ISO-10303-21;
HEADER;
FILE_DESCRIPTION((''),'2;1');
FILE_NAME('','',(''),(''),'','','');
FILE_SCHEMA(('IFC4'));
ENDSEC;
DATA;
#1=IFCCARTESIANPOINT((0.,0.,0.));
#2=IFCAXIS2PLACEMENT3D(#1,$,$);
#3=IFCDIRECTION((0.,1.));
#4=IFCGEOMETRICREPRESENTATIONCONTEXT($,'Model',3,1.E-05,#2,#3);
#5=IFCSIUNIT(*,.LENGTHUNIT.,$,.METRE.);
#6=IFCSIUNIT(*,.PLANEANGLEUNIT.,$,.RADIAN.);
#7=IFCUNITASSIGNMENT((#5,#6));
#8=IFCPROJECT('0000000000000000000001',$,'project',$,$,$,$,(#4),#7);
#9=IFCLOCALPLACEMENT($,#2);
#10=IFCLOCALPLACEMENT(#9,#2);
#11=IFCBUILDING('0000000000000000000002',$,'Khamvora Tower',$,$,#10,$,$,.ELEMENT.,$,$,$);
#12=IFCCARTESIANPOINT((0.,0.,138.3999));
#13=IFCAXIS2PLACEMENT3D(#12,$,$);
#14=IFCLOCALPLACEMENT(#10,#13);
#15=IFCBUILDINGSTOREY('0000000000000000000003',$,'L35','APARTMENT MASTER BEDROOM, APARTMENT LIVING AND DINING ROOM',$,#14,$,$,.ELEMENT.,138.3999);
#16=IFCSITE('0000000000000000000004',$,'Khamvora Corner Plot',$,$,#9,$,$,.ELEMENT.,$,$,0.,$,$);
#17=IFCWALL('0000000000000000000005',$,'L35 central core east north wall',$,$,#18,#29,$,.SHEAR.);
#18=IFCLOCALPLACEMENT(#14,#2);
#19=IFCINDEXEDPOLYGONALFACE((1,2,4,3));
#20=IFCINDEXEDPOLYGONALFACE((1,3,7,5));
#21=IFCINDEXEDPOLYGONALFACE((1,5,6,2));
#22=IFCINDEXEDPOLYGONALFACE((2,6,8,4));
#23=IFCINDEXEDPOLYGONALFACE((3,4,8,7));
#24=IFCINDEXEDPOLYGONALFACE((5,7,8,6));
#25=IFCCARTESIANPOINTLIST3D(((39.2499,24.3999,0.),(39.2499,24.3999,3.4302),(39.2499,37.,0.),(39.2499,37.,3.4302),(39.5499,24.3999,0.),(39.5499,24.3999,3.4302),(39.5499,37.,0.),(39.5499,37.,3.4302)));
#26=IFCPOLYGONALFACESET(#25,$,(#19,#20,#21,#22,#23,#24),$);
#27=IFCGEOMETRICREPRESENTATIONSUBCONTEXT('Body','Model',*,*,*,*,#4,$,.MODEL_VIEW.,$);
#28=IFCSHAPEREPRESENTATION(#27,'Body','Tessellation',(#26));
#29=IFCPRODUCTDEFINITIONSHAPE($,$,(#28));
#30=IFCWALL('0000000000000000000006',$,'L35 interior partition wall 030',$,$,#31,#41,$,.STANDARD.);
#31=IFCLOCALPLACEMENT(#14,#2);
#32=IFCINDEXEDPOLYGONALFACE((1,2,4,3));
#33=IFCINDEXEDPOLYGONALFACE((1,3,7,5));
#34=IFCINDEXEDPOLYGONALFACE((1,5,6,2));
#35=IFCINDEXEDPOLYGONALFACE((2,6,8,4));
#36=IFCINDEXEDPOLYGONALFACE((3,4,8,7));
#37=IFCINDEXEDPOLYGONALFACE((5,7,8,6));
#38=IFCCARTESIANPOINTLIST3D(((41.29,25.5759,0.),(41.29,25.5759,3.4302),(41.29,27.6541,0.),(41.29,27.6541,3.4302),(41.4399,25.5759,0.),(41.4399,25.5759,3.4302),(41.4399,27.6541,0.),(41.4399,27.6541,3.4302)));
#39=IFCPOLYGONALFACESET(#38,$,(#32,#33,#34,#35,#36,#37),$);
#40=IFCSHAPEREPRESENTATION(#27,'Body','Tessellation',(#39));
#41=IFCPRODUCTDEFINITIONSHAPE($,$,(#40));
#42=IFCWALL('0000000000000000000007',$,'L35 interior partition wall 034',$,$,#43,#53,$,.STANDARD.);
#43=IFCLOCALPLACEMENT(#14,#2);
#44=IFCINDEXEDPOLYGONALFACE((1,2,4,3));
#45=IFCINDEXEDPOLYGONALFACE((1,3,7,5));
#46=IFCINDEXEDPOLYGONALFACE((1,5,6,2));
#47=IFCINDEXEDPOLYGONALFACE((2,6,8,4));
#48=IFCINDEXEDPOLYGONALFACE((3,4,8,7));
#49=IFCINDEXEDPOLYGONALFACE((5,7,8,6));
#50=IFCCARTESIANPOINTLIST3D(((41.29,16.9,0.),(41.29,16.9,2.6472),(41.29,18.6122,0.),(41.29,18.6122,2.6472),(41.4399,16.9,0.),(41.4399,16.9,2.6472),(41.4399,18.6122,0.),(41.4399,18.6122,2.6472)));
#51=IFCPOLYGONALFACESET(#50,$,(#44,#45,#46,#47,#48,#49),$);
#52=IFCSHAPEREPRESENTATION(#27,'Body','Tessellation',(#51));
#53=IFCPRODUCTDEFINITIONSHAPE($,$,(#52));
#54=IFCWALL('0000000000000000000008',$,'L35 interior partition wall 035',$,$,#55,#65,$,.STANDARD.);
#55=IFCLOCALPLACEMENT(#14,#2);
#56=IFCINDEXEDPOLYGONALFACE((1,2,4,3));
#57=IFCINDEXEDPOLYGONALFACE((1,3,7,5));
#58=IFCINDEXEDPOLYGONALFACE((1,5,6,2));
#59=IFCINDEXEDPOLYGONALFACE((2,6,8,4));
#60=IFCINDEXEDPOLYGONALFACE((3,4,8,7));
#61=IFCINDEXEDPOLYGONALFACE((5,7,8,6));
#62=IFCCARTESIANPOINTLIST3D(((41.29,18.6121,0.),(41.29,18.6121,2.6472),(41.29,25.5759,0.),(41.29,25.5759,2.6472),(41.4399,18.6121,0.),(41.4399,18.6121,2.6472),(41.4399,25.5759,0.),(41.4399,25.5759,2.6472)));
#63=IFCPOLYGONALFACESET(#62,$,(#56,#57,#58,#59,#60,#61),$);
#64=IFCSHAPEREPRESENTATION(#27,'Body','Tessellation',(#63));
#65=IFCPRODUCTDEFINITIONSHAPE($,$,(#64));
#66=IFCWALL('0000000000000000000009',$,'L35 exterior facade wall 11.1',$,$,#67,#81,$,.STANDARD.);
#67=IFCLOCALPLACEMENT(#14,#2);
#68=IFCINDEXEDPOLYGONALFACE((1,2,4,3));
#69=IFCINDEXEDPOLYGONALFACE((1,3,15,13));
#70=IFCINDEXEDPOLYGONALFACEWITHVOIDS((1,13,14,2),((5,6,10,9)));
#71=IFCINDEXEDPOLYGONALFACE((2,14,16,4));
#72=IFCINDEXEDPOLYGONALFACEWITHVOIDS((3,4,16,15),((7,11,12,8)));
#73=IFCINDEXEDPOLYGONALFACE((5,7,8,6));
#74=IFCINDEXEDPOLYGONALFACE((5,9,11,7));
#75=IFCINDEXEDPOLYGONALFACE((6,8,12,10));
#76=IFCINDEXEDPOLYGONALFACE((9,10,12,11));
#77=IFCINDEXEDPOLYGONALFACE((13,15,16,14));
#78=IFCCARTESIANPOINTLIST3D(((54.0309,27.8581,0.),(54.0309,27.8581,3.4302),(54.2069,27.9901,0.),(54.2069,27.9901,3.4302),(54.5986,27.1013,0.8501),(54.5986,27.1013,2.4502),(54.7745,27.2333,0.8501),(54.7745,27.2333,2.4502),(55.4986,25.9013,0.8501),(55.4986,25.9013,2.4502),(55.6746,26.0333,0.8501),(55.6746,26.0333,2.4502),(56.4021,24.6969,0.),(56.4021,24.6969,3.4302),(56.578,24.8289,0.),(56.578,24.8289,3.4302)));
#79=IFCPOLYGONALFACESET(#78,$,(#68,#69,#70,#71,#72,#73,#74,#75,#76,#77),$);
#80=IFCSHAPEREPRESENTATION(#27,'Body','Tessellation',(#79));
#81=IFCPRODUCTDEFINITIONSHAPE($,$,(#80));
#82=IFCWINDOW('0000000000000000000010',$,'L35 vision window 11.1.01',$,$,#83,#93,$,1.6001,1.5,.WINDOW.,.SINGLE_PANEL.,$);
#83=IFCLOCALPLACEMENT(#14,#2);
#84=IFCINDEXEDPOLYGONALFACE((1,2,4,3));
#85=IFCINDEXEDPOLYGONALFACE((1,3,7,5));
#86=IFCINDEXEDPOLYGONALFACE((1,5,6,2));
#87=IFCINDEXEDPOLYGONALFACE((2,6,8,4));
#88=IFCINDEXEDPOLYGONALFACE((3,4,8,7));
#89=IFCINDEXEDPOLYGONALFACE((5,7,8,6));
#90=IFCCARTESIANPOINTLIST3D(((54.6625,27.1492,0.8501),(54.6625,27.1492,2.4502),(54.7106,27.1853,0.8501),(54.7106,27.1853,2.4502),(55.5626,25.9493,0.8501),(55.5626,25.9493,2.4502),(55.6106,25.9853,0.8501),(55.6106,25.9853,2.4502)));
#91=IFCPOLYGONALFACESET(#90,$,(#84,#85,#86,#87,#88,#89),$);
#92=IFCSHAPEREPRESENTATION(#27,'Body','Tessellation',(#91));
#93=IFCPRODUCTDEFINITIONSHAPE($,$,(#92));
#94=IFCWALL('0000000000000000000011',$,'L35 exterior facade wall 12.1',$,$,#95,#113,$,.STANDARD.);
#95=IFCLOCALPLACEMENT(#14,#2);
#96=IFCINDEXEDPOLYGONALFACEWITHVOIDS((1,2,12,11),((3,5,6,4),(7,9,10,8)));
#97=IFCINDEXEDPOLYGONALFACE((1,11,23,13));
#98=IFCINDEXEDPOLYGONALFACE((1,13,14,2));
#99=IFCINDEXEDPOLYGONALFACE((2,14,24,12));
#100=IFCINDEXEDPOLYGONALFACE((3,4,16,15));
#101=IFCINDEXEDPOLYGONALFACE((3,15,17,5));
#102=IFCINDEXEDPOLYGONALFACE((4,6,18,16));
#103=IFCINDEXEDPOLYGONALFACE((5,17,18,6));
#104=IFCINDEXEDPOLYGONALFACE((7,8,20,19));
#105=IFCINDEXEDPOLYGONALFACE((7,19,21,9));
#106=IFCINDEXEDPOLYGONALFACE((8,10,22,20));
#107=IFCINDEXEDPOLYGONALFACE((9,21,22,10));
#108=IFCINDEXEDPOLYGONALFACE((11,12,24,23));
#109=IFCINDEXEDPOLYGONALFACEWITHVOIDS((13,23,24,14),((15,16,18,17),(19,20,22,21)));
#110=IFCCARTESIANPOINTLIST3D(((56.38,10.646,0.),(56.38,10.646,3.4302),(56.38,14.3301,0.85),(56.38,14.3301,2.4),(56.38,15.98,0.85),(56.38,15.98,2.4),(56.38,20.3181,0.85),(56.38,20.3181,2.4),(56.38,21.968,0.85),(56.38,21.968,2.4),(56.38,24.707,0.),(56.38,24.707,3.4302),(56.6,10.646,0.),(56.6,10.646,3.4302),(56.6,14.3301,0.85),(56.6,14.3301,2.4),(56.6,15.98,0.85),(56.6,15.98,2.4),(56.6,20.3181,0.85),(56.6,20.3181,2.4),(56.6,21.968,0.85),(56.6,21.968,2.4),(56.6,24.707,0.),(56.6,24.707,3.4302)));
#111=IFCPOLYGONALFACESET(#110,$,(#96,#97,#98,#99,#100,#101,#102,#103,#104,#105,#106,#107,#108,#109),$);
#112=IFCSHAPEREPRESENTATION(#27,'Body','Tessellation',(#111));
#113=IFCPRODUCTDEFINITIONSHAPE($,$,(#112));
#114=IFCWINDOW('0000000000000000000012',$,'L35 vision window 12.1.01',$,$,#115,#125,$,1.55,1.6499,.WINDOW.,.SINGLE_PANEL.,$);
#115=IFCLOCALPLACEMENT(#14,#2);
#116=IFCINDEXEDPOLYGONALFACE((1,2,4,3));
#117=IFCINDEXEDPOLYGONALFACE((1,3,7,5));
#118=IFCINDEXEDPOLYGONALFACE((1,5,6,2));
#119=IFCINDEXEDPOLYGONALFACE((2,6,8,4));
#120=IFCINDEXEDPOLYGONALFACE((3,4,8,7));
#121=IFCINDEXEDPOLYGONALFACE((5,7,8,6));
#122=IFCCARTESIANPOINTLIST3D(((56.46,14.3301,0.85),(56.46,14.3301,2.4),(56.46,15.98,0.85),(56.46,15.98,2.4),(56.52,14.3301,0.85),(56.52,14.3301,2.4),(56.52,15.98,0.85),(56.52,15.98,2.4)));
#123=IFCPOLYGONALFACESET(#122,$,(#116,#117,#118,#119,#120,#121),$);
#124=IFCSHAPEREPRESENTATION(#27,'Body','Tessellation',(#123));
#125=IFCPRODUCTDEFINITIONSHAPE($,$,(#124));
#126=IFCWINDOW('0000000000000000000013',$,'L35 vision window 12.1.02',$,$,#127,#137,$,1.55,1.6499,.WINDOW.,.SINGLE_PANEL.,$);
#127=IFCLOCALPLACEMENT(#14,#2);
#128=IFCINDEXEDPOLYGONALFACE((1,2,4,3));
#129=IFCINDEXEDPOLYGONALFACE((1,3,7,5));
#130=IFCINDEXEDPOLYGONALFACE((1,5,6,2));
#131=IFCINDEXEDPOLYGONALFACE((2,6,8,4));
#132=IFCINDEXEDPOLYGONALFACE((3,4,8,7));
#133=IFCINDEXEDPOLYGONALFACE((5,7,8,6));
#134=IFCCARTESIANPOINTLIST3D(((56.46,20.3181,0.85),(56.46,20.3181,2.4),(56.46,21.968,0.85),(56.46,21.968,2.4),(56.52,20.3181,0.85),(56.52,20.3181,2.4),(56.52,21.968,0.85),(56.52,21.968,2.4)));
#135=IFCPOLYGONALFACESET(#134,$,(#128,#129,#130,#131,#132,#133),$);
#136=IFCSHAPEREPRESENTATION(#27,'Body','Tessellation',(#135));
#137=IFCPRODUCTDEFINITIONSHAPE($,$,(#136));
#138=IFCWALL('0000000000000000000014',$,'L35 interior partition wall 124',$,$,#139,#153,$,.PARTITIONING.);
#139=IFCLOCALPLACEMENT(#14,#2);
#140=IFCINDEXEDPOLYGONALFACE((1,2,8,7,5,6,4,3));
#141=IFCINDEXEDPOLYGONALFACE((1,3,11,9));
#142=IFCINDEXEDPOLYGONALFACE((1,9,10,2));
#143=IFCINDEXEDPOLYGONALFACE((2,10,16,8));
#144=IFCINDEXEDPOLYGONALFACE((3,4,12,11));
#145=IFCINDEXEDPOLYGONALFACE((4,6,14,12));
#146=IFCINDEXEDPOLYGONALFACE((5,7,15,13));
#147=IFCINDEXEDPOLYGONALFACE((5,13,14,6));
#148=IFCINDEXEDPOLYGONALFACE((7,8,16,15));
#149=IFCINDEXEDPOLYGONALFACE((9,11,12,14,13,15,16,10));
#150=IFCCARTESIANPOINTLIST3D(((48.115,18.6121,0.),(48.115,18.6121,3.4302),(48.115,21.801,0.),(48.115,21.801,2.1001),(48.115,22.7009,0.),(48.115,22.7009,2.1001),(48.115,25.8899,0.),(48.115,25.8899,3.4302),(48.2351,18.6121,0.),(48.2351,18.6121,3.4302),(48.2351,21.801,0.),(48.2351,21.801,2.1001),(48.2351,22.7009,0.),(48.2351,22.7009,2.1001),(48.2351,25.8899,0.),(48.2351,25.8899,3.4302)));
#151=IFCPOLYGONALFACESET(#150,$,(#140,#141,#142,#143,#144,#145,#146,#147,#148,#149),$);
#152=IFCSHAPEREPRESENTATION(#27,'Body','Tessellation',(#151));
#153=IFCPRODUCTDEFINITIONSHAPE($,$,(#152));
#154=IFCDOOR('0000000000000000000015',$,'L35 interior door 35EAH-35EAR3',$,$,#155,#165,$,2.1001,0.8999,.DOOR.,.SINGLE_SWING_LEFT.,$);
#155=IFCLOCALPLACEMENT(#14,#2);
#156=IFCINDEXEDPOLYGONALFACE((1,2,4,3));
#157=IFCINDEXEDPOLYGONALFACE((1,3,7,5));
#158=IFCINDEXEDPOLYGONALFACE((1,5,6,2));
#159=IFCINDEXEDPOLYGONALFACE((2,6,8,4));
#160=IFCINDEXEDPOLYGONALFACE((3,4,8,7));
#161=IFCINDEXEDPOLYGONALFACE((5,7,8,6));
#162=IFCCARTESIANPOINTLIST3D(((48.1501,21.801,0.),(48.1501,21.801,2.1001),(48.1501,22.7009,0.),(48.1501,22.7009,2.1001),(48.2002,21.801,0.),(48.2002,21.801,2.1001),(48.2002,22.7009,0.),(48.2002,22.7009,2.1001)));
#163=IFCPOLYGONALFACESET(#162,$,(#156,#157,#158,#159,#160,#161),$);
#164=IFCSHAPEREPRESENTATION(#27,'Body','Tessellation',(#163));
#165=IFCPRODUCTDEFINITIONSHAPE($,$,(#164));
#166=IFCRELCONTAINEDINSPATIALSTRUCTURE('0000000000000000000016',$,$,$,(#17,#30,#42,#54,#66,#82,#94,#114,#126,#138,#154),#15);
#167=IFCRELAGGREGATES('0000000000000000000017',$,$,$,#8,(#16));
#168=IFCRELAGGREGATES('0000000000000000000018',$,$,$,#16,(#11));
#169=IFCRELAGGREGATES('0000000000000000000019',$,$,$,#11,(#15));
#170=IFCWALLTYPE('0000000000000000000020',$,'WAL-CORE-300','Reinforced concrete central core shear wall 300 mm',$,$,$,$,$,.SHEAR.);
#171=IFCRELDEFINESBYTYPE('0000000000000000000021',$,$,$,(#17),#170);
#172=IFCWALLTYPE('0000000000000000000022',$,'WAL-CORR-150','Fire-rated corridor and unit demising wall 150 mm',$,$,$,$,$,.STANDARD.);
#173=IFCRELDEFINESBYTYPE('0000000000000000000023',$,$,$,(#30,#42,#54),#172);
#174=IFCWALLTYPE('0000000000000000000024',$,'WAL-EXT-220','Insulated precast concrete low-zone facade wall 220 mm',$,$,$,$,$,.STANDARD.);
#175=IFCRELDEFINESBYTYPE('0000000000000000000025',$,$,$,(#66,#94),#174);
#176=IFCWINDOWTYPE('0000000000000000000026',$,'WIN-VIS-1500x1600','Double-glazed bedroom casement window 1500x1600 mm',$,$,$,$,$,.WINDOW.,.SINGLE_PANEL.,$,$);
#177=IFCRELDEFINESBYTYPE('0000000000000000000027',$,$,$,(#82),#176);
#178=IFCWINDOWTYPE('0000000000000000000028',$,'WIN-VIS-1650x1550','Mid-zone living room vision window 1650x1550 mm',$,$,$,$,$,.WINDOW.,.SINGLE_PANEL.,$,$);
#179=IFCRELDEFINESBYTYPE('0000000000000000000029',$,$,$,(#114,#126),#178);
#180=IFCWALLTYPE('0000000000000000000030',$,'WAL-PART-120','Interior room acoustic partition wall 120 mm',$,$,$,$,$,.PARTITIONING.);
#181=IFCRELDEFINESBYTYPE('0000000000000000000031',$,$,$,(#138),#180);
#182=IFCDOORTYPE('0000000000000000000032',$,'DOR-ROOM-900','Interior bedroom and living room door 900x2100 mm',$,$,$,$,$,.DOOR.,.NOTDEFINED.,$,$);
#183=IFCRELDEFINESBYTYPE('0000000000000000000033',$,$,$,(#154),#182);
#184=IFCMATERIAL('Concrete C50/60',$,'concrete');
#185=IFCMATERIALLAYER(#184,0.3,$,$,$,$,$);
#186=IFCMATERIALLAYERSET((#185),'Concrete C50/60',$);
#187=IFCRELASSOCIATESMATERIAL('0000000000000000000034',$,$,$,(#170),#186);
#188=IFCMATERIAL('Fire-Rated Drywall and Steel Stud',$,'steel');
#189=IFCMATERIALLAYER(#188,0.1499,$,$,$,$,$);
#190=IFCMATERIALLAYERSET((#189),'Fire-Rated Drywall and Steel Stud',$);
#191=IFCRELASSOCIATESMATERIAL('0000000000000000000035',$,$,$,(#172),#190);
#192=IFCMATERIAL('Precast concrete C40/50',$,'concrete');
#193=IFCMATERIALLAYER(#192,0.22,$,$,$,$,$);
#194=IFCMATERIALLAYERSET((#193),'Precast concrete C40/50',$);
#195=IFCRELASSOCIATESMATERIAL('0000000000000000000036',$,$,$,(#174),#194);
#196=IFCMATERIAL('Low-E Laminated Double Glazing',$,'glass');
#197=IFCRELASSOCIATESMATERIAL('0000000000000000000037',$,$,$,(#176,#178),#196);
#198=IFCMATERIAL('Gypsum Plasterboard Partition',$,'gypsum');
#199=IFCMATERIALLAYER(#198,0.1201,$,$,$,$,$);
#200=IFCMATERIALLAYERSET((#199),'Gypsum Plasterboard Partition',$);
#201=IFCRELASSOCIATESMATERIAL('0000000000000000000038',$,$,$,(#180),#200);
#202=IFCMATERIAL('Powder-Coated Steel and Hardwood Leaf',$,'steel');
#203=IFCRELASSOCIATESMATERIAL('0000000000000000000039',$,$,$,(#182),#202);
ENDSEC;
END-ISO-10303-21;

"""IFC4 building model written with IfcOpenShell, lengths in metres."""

from ifc_helpers import new_model, si_unit, direction, frame, frame_2d, origin, place, context, subcontext, project, spatial, rectangle, extrude, material, layer, layer_set, type_object, element, fill, save


model = new_model("IFC4")

# Units and contexts
model_context = context("Model", 3, precision=1e-05, world=origin(), true_north=direction((0.0, 1.0)))
body_context = subcontext(model_context, "Body", "Model", "MODEL_VIEW")
ifc_project = project(units=[si_unit("LENGTHUNIT", "METRE"), si_unit("PLANEANGLEUNIT", "RADIAN")], contexts=[model_context])

# Site, building, storey
site_placement = place(None, origin())
site = spatial("IfcSite", under=ifc_project, at=site_placement, Name="Khamvora Corner Plot", CompositionType="ELEMENT", RefElevation=0.0)
building_placement = place(site_placement, origin())
building = spatial("IfcBuilding", under=site, at=building_placement, Name="Khamvora Tower", CompositionType="ELEMENT")
storey_placement = place(building_placement, frame((0.0, 0.0, 138.3999)))
storey = spatial("IfcBuildingStorey", under=building, at=storey_placement, Name="L35", Description="APARTMENT MASTER BEDROOM, APARTMENT LIVING AND DINING ROOM", CompositionType="ELEMENT", Elevation=138.3999)

# Walls
ifc_material_1 = material(Name="Concrete C50/60", Category="concrete")
ifc_layer_1 = layer(ifc_material_1, 0.3)
ifc_layer_set_1 = layer_set([ifc_layer_1], Name="Concrete C50/60")
wall_type_1 = type_object("IfcWallType", Name="WAL-CORE-300", Description="Reinforced concrete central core shear wall 300 mm", PredefinedType="SHEAR", material=ifc_layer_set_1)
wall_1_placement = place(storey_placement, frame((39.3999, 24.3999, 0.0), z_axis=(0.0, 0.0, 1.0), x_axis=(0.0, 1.0, 0.0)))
element("IfcWall", 1, at=wall_1_placement, inside=storey, type_object=wall_type_1, Name="L35 central core east north wall", PredefinedType="SHEAR", context=body_context, shape_type="SweptSolid", body=[
    extrude(rectangle(XDim=12.6001, YDim=0.3, at=frame_2d((6.3, 0.0))), origin(), (0.0, 0.0, 1.0), 3.4302),
])
ifc_material_2 = material(Name="Fire-Rated Drywall and Steel Stud", Category="steel")
ifc_layer_2 = layer(ifc_material_2, 0.1499)
ifc_layer_set_2 = layer_set([ifc_layer_2], Name="Fire-Rated Drywall and Steel Stud")
wall_type_2 = type_object("IfcWallType", Name="WAL-CORR-150", Description="Fire-rated corridor and unit demising wall 150 mm", PredefinedType="STANDARD", material=ifc_layer_set_2)
wall_2_placement = place(storey_placement, frame((41.365, 27.6541, 0.0), z_axis=(0.0, 0.0, 1.0), x_axis=(0.0, -1.0, 0.0)))
element("IfcWall", 2, at=wall_2_placement, inside=storey, type_object=wall_type_2, Name="L35 interior partition wall 030", PredefinedType="STANDARD", context=body_context, shape_type="SweptSolid", body=[
    extrude(rectangle(XDim=2.0781, YDim=0.1499, at=frame_2d((1.0391, 0.0))), origin(), (0.0, 0.0, 1.0), 3.4302),
])
wall_3_placement = place(storey_placement, frame((41.365, 18.6121, 0.0), z_axis=(0.0, 0.0, 1.0), x_axis=(0.0, -1.0, 0.0)))
element("IfcWall", 3, at=wall_3_placement, inside=storey, type_object=wall_type_2, Name="L35 interior partition wall 034", PredefinedType="STANDARD", context=body_context, shape_type="SweptSolid", body=[
    extrude(rectangle(XDim=1.7122, YDim=0.1499, at=frame_2d((0.856, 0.0))), origin(), (0.0, 0.0, 1.0), 2.6472),
])
wall_4_placement = place(storey_placement, frame((41.365, 25.5759, 0.0), z_axis=(0.0, 0.0, 1.0), x_axis=(0.0, -1.0, 0.0)))
element("IfcWall", 4, at=wall_4_placement, inside=storey, type_object=wall_type_2, Name="L35 interior partition wall 035", PredefinedType="STANDARD", context=body_context, shape_type="SweptSolid", body=[
    extrude(rectangle(XDim=6.9639, YDim=0.1499, at=frame_2d((3.4819, 0.0))), origin(), (0.0, 0.0, 1.0), 2.6472),
])

# Wall, opening, window
ifc_material_3 = material(Name="Precast concrete C40/50", Category="concrete")
ifc_layer_3 = layer(ifc_material_3, 0.22)
ifc_layer_set_3 = layer_set([ifc_layer_3], Name="Precast concrete C40/50")
wall_type_3 = type_object("IfcWallType", Name="WAL-EXT-220", Description="Insulated precast concrete low-zone facade wall 220 mm", PredefinedType="STANDARD", material=ifc_layer_set_3)
wall_5_placement = place(storey_placement, frame((54.1189, 27.9241, 0.0), z_axis=(0.0, 0.0, 1.0), x_axis=(0.60004, -0.79997, 0.0)))
wall_5 = element("IfcWall", 5, at=wall_5_placement, inside=storey, type_object=wall_type_3, Name="L35 exterior facade wall 11.1", PredefinedType="STANDARD", context=body_context, shape_type="SweptSolid", body=[
    extrude(rectangle(XDim=3.9517, YDim=0.22, at=frame_2d((1.9758, 0.0))), origin(), (0.0, 0.0, 1.0), 3.4302),
])
opening_1_placement = place(wall_5_placement, frame((0.946, 0.0, 0.8501)))
opening_1 = element("IfcOpeningElement", 6, at=opening_1_placement, cuts=wall_5, PredefinedType="OPENING", context=body_context, shape_type="SweptSolid", body=[
    extrude(rectangle(XDim=1.5, YDim=1.6001, at=frame_2d((0.75, 0.8))), frame((0.0, 0.1199, 0.0), z_axis=(0.0, -1.0, 0.0), x_axis=(1.0, 0.0, 0.0)), (0.0, 0.0, 1.0), 0.24),
])
ifc_material_4 = material(Name="Low-E Laminated Double Glazing", Category="glass")
window_type_1 = type_object("IfcWindowType", Name="WIN-VIS-1500x1600", Description="Double-glazed bedroom casement window 1500x1600 mm", PartitioningType="SINGLE_PANEL", PredefinedType="WINDOW", material=ifc_material_4)
window_1_placement = place(opening_1_placement, origin())
window_1 = element("IfcWindow", 7, at=window_1_placement, inside=storey, type_object=window_type_1, Name="L35 vision window 11.1.01", OverallHeight=1.6001, OverallWidth=1.5, PartitioningType="SINGLE_PANEL", PredefinedType="WINDOW", context=body_context, shape_type="SweptSolid", body=[
    extrude(rectangle(XDim=1.5, YDim=1.6001, at=frame_2d((0.75, 0.8))), frame((0.0, 0.03, 0.0), z_axis=(0.0, -1.0, 0.0), x_axis=(1.0, 0.0, 0.0)), (0.0, 0.0, 1.0), 0.0601),
])
fill(opening_1, window_1)

# Wall, openings, windows
wall_6_placement = place(storey_placement, frame((56.49, 24.707, 0.0), z_axis=(0.0, 0.0, 1.0), x_axis=(0.0, -1.0, 0.0)))
wall_6 = element("IfcWall", 8, at=wall_6_placement, inside=storey, type_object=wall_type_3, Name="L35 exterior facade wall 12.1", PredefinedType="STANDARD", context=body_context, shape_type="SweptSolid", body=[
    extrude(rectangle(XDim=14.061, YDim=0.22, at=frame_2d((7.0305, 0.0))), origin(), (0.0, 0.0, 1.0), 3.4302),
])
opening_2_placement = place(wall_6_placement, frame((8.7271, 0.0, 0.8501)))
opening_2 = element("IfcOpeningElement", 9, at=opening_2_placement, cuts=wall_6, PredefinedType="OPENING", context=body_context, shape_type="SweptSolid", body=[
    extrude(rectangle(XDim=1.6499, YDim=1.55, at=frame_2d((0.825, 0.7749))), frame((0.0, 0.1199, 0.0), z_axis=(0.0, -1.0, 0.0), x_axis=(1.0, 0.0, 0.0)), (0.0, 0.0, 1.0), 0.24),
])
opening_3_placement = place(wall_6_placement, frame((2.739, 0.0, 0.8501)))
opening_3 = element("IfcOpeningElement", 10, at=opening_3_placement, cuts=wall_6, PredefinedType="OPENING", context=body_context, shape_type="SweptSolid", body=[
    extrude(rectangle(XDim=1.6499, YDim=1.55, at=frame_2d((0.825, 0.7749))), frame((0.0, 0.1199, 0.0), z_axis=(0.0, -1.0, 0.0), x_axis=(1.0, 0.0, 0.0)), (0.0, 0.0, 1.0), 0.24),
])
window_type_2 = type_object("IfcWindowType", Name="WIN-VIS-1650x1550", Description="Mid-zone living room vision window 1650x1550 mm", PartitioningType="SINGLE_PANEL", PredefinedType="WINDOW", material=ifc_material_4)
window_2_placement = place(opening_2_placement, origin())
window_2 = element("IfcWindow", 11, at=window_2_placement, inside=storey, type_object=window_type_2, Name="L35 vision window 12.1.01", OverallHeight=1.55, OverallWidth=1.6499, PartitioningType="SINGLE_PANEL", PredefinedType="WINDOW", context=body_context, shape_type="SweptSolid", body=[
    extrude(rectangle(XDim=1.6499, YDim=1.55, at=frame_2d((0.825, 0.7749))), frame((0.0, 0.03, 0.0), z_axis=(0.0, -1.0, 0.0), x_axis=(1.0, 0.0, 0.0)), (0.0, 0.0, 1.0), 0.0601),
])
fill(opening_2, window_2)
window_3_placement = place(opening_3_placement, origin())
window_3 = element("IfcWindow", 12, at=window_3_placement, inside=storey, type_object=window_type_2, Name="L35 vision window 12.1.02", OverallHeight=1.55, OverallWidth=1.6499, PartitioningType="SINGLE_PANEL", PredefinedType="WINDOW", context=body_context, shape_type="SweptSolid", body=[
    extrude(rectangle(XDim=1.6499, YDim=1.55, at=frame_2d((0.825, 0.7749))), frame((0.0, 0.03, 0.0), z_axis=(0.0, -1.0, 0.0), x_axis=(1.0, 0.0, 0.0)), (0.0, 0.0, 1.0), 0.0601),
])
fill(opening_3, window_3)

# Wall, opening, door
ifc_material_5 = material(Name="Gypsum Plasterboard Partition", Category="gypsum")
ifc_layer_4 = layer(ifc_material_5, 0.1201)
ifc_layer_set_4 = layer_set([ifc_layer_4], Name="Gypsum Plasterboard Partition")
wall_type_4 = type_object("IfcWallType", Name="WAL-PART-120", Description="Interior room acoustic partition wall 120 mm", PredefinedType="PARTITIONING", material=ifc_layer_set_4)
wall_7_placement = place(storey_placement, frame((48.175, 18.6121, 0.0), z_axis=(0.0, 0.0, 1.0), x_axis=(0.0, 1.0, 0.0)))
wall_7 = element("IfcWall", 13, at=wall_7_placement, inside=storey, type_object=wall_type_4, Name="L35 interior partition wall 124", PredefinedType="PARTITIONING", context=body_context, shape_type="SweptSolid", body=[
    extrude(rectangle(XDim=7.2778, YDim=0.1201, at=frame_2d((3.6389, 0.0))), origin(), (0.0, 0.0, 1.0), 3.4302),
])
opening_4_placement = place(wall_7_placement, frame((3.189, 0.0, 0.0)))
opening_4 = element("IfcOpeningElement", 14, at=opening_4_placement, cuts=wall_7, PredefinedType="OPENING", context=body_context, shape_type="SweptSolid", body=[
    extrude(rectangle(XDim=0.8999, YDim=2.1001, at=frame_2d((0.45, 1.05))), frame((0.0, 0.0701, 0.0), z_axis=(0.0, -1.0, 0.0), x_axis=(1.0, 0.0, 0.0)), (0.0, 0.0, 1.0), 0.1401),
])
ifc_material_6 = material(Name="Powder-Coated Steel and Hardwood Leaf", Category="steel")
door_type_1 = type_object("IfcDoorType", Name="DOR-ROOM-900", Description="Interior bedroom and living room door 900x2100 mm", OperationType="NOTDEFINED", PredefinedType="DOOR", material=ifc_material_6)
door_1_placement = place(opening_4_placement, origin())
door_1 = element("IfcDoor", 15, at=door_1_placement, inside=storey, type_object=door_type_1, Name="L35 interior door 35EAH-35EAR3", OperationType="SINGLE_SWING_LEFT", OverallHeight=2.1001, OverallWidth=0.8999, PredefinedType="DOOR", context=body_context, shape_type="SweptSolid", body=[
    extrude(rectangle(XDim=0.8999, YDim=2.1001, at=frame_2d((0.45, 1.05))), frame((0.0, 0.0249, 0.0), z_axis=(0.0, -1.0, 0.0), x_axis=(1.0, 0.0, 0.0)), (0.0, 0.0, 1.0), 0.05),
])
fill(opening_4, door_1)

save(model, "model.ifc")
